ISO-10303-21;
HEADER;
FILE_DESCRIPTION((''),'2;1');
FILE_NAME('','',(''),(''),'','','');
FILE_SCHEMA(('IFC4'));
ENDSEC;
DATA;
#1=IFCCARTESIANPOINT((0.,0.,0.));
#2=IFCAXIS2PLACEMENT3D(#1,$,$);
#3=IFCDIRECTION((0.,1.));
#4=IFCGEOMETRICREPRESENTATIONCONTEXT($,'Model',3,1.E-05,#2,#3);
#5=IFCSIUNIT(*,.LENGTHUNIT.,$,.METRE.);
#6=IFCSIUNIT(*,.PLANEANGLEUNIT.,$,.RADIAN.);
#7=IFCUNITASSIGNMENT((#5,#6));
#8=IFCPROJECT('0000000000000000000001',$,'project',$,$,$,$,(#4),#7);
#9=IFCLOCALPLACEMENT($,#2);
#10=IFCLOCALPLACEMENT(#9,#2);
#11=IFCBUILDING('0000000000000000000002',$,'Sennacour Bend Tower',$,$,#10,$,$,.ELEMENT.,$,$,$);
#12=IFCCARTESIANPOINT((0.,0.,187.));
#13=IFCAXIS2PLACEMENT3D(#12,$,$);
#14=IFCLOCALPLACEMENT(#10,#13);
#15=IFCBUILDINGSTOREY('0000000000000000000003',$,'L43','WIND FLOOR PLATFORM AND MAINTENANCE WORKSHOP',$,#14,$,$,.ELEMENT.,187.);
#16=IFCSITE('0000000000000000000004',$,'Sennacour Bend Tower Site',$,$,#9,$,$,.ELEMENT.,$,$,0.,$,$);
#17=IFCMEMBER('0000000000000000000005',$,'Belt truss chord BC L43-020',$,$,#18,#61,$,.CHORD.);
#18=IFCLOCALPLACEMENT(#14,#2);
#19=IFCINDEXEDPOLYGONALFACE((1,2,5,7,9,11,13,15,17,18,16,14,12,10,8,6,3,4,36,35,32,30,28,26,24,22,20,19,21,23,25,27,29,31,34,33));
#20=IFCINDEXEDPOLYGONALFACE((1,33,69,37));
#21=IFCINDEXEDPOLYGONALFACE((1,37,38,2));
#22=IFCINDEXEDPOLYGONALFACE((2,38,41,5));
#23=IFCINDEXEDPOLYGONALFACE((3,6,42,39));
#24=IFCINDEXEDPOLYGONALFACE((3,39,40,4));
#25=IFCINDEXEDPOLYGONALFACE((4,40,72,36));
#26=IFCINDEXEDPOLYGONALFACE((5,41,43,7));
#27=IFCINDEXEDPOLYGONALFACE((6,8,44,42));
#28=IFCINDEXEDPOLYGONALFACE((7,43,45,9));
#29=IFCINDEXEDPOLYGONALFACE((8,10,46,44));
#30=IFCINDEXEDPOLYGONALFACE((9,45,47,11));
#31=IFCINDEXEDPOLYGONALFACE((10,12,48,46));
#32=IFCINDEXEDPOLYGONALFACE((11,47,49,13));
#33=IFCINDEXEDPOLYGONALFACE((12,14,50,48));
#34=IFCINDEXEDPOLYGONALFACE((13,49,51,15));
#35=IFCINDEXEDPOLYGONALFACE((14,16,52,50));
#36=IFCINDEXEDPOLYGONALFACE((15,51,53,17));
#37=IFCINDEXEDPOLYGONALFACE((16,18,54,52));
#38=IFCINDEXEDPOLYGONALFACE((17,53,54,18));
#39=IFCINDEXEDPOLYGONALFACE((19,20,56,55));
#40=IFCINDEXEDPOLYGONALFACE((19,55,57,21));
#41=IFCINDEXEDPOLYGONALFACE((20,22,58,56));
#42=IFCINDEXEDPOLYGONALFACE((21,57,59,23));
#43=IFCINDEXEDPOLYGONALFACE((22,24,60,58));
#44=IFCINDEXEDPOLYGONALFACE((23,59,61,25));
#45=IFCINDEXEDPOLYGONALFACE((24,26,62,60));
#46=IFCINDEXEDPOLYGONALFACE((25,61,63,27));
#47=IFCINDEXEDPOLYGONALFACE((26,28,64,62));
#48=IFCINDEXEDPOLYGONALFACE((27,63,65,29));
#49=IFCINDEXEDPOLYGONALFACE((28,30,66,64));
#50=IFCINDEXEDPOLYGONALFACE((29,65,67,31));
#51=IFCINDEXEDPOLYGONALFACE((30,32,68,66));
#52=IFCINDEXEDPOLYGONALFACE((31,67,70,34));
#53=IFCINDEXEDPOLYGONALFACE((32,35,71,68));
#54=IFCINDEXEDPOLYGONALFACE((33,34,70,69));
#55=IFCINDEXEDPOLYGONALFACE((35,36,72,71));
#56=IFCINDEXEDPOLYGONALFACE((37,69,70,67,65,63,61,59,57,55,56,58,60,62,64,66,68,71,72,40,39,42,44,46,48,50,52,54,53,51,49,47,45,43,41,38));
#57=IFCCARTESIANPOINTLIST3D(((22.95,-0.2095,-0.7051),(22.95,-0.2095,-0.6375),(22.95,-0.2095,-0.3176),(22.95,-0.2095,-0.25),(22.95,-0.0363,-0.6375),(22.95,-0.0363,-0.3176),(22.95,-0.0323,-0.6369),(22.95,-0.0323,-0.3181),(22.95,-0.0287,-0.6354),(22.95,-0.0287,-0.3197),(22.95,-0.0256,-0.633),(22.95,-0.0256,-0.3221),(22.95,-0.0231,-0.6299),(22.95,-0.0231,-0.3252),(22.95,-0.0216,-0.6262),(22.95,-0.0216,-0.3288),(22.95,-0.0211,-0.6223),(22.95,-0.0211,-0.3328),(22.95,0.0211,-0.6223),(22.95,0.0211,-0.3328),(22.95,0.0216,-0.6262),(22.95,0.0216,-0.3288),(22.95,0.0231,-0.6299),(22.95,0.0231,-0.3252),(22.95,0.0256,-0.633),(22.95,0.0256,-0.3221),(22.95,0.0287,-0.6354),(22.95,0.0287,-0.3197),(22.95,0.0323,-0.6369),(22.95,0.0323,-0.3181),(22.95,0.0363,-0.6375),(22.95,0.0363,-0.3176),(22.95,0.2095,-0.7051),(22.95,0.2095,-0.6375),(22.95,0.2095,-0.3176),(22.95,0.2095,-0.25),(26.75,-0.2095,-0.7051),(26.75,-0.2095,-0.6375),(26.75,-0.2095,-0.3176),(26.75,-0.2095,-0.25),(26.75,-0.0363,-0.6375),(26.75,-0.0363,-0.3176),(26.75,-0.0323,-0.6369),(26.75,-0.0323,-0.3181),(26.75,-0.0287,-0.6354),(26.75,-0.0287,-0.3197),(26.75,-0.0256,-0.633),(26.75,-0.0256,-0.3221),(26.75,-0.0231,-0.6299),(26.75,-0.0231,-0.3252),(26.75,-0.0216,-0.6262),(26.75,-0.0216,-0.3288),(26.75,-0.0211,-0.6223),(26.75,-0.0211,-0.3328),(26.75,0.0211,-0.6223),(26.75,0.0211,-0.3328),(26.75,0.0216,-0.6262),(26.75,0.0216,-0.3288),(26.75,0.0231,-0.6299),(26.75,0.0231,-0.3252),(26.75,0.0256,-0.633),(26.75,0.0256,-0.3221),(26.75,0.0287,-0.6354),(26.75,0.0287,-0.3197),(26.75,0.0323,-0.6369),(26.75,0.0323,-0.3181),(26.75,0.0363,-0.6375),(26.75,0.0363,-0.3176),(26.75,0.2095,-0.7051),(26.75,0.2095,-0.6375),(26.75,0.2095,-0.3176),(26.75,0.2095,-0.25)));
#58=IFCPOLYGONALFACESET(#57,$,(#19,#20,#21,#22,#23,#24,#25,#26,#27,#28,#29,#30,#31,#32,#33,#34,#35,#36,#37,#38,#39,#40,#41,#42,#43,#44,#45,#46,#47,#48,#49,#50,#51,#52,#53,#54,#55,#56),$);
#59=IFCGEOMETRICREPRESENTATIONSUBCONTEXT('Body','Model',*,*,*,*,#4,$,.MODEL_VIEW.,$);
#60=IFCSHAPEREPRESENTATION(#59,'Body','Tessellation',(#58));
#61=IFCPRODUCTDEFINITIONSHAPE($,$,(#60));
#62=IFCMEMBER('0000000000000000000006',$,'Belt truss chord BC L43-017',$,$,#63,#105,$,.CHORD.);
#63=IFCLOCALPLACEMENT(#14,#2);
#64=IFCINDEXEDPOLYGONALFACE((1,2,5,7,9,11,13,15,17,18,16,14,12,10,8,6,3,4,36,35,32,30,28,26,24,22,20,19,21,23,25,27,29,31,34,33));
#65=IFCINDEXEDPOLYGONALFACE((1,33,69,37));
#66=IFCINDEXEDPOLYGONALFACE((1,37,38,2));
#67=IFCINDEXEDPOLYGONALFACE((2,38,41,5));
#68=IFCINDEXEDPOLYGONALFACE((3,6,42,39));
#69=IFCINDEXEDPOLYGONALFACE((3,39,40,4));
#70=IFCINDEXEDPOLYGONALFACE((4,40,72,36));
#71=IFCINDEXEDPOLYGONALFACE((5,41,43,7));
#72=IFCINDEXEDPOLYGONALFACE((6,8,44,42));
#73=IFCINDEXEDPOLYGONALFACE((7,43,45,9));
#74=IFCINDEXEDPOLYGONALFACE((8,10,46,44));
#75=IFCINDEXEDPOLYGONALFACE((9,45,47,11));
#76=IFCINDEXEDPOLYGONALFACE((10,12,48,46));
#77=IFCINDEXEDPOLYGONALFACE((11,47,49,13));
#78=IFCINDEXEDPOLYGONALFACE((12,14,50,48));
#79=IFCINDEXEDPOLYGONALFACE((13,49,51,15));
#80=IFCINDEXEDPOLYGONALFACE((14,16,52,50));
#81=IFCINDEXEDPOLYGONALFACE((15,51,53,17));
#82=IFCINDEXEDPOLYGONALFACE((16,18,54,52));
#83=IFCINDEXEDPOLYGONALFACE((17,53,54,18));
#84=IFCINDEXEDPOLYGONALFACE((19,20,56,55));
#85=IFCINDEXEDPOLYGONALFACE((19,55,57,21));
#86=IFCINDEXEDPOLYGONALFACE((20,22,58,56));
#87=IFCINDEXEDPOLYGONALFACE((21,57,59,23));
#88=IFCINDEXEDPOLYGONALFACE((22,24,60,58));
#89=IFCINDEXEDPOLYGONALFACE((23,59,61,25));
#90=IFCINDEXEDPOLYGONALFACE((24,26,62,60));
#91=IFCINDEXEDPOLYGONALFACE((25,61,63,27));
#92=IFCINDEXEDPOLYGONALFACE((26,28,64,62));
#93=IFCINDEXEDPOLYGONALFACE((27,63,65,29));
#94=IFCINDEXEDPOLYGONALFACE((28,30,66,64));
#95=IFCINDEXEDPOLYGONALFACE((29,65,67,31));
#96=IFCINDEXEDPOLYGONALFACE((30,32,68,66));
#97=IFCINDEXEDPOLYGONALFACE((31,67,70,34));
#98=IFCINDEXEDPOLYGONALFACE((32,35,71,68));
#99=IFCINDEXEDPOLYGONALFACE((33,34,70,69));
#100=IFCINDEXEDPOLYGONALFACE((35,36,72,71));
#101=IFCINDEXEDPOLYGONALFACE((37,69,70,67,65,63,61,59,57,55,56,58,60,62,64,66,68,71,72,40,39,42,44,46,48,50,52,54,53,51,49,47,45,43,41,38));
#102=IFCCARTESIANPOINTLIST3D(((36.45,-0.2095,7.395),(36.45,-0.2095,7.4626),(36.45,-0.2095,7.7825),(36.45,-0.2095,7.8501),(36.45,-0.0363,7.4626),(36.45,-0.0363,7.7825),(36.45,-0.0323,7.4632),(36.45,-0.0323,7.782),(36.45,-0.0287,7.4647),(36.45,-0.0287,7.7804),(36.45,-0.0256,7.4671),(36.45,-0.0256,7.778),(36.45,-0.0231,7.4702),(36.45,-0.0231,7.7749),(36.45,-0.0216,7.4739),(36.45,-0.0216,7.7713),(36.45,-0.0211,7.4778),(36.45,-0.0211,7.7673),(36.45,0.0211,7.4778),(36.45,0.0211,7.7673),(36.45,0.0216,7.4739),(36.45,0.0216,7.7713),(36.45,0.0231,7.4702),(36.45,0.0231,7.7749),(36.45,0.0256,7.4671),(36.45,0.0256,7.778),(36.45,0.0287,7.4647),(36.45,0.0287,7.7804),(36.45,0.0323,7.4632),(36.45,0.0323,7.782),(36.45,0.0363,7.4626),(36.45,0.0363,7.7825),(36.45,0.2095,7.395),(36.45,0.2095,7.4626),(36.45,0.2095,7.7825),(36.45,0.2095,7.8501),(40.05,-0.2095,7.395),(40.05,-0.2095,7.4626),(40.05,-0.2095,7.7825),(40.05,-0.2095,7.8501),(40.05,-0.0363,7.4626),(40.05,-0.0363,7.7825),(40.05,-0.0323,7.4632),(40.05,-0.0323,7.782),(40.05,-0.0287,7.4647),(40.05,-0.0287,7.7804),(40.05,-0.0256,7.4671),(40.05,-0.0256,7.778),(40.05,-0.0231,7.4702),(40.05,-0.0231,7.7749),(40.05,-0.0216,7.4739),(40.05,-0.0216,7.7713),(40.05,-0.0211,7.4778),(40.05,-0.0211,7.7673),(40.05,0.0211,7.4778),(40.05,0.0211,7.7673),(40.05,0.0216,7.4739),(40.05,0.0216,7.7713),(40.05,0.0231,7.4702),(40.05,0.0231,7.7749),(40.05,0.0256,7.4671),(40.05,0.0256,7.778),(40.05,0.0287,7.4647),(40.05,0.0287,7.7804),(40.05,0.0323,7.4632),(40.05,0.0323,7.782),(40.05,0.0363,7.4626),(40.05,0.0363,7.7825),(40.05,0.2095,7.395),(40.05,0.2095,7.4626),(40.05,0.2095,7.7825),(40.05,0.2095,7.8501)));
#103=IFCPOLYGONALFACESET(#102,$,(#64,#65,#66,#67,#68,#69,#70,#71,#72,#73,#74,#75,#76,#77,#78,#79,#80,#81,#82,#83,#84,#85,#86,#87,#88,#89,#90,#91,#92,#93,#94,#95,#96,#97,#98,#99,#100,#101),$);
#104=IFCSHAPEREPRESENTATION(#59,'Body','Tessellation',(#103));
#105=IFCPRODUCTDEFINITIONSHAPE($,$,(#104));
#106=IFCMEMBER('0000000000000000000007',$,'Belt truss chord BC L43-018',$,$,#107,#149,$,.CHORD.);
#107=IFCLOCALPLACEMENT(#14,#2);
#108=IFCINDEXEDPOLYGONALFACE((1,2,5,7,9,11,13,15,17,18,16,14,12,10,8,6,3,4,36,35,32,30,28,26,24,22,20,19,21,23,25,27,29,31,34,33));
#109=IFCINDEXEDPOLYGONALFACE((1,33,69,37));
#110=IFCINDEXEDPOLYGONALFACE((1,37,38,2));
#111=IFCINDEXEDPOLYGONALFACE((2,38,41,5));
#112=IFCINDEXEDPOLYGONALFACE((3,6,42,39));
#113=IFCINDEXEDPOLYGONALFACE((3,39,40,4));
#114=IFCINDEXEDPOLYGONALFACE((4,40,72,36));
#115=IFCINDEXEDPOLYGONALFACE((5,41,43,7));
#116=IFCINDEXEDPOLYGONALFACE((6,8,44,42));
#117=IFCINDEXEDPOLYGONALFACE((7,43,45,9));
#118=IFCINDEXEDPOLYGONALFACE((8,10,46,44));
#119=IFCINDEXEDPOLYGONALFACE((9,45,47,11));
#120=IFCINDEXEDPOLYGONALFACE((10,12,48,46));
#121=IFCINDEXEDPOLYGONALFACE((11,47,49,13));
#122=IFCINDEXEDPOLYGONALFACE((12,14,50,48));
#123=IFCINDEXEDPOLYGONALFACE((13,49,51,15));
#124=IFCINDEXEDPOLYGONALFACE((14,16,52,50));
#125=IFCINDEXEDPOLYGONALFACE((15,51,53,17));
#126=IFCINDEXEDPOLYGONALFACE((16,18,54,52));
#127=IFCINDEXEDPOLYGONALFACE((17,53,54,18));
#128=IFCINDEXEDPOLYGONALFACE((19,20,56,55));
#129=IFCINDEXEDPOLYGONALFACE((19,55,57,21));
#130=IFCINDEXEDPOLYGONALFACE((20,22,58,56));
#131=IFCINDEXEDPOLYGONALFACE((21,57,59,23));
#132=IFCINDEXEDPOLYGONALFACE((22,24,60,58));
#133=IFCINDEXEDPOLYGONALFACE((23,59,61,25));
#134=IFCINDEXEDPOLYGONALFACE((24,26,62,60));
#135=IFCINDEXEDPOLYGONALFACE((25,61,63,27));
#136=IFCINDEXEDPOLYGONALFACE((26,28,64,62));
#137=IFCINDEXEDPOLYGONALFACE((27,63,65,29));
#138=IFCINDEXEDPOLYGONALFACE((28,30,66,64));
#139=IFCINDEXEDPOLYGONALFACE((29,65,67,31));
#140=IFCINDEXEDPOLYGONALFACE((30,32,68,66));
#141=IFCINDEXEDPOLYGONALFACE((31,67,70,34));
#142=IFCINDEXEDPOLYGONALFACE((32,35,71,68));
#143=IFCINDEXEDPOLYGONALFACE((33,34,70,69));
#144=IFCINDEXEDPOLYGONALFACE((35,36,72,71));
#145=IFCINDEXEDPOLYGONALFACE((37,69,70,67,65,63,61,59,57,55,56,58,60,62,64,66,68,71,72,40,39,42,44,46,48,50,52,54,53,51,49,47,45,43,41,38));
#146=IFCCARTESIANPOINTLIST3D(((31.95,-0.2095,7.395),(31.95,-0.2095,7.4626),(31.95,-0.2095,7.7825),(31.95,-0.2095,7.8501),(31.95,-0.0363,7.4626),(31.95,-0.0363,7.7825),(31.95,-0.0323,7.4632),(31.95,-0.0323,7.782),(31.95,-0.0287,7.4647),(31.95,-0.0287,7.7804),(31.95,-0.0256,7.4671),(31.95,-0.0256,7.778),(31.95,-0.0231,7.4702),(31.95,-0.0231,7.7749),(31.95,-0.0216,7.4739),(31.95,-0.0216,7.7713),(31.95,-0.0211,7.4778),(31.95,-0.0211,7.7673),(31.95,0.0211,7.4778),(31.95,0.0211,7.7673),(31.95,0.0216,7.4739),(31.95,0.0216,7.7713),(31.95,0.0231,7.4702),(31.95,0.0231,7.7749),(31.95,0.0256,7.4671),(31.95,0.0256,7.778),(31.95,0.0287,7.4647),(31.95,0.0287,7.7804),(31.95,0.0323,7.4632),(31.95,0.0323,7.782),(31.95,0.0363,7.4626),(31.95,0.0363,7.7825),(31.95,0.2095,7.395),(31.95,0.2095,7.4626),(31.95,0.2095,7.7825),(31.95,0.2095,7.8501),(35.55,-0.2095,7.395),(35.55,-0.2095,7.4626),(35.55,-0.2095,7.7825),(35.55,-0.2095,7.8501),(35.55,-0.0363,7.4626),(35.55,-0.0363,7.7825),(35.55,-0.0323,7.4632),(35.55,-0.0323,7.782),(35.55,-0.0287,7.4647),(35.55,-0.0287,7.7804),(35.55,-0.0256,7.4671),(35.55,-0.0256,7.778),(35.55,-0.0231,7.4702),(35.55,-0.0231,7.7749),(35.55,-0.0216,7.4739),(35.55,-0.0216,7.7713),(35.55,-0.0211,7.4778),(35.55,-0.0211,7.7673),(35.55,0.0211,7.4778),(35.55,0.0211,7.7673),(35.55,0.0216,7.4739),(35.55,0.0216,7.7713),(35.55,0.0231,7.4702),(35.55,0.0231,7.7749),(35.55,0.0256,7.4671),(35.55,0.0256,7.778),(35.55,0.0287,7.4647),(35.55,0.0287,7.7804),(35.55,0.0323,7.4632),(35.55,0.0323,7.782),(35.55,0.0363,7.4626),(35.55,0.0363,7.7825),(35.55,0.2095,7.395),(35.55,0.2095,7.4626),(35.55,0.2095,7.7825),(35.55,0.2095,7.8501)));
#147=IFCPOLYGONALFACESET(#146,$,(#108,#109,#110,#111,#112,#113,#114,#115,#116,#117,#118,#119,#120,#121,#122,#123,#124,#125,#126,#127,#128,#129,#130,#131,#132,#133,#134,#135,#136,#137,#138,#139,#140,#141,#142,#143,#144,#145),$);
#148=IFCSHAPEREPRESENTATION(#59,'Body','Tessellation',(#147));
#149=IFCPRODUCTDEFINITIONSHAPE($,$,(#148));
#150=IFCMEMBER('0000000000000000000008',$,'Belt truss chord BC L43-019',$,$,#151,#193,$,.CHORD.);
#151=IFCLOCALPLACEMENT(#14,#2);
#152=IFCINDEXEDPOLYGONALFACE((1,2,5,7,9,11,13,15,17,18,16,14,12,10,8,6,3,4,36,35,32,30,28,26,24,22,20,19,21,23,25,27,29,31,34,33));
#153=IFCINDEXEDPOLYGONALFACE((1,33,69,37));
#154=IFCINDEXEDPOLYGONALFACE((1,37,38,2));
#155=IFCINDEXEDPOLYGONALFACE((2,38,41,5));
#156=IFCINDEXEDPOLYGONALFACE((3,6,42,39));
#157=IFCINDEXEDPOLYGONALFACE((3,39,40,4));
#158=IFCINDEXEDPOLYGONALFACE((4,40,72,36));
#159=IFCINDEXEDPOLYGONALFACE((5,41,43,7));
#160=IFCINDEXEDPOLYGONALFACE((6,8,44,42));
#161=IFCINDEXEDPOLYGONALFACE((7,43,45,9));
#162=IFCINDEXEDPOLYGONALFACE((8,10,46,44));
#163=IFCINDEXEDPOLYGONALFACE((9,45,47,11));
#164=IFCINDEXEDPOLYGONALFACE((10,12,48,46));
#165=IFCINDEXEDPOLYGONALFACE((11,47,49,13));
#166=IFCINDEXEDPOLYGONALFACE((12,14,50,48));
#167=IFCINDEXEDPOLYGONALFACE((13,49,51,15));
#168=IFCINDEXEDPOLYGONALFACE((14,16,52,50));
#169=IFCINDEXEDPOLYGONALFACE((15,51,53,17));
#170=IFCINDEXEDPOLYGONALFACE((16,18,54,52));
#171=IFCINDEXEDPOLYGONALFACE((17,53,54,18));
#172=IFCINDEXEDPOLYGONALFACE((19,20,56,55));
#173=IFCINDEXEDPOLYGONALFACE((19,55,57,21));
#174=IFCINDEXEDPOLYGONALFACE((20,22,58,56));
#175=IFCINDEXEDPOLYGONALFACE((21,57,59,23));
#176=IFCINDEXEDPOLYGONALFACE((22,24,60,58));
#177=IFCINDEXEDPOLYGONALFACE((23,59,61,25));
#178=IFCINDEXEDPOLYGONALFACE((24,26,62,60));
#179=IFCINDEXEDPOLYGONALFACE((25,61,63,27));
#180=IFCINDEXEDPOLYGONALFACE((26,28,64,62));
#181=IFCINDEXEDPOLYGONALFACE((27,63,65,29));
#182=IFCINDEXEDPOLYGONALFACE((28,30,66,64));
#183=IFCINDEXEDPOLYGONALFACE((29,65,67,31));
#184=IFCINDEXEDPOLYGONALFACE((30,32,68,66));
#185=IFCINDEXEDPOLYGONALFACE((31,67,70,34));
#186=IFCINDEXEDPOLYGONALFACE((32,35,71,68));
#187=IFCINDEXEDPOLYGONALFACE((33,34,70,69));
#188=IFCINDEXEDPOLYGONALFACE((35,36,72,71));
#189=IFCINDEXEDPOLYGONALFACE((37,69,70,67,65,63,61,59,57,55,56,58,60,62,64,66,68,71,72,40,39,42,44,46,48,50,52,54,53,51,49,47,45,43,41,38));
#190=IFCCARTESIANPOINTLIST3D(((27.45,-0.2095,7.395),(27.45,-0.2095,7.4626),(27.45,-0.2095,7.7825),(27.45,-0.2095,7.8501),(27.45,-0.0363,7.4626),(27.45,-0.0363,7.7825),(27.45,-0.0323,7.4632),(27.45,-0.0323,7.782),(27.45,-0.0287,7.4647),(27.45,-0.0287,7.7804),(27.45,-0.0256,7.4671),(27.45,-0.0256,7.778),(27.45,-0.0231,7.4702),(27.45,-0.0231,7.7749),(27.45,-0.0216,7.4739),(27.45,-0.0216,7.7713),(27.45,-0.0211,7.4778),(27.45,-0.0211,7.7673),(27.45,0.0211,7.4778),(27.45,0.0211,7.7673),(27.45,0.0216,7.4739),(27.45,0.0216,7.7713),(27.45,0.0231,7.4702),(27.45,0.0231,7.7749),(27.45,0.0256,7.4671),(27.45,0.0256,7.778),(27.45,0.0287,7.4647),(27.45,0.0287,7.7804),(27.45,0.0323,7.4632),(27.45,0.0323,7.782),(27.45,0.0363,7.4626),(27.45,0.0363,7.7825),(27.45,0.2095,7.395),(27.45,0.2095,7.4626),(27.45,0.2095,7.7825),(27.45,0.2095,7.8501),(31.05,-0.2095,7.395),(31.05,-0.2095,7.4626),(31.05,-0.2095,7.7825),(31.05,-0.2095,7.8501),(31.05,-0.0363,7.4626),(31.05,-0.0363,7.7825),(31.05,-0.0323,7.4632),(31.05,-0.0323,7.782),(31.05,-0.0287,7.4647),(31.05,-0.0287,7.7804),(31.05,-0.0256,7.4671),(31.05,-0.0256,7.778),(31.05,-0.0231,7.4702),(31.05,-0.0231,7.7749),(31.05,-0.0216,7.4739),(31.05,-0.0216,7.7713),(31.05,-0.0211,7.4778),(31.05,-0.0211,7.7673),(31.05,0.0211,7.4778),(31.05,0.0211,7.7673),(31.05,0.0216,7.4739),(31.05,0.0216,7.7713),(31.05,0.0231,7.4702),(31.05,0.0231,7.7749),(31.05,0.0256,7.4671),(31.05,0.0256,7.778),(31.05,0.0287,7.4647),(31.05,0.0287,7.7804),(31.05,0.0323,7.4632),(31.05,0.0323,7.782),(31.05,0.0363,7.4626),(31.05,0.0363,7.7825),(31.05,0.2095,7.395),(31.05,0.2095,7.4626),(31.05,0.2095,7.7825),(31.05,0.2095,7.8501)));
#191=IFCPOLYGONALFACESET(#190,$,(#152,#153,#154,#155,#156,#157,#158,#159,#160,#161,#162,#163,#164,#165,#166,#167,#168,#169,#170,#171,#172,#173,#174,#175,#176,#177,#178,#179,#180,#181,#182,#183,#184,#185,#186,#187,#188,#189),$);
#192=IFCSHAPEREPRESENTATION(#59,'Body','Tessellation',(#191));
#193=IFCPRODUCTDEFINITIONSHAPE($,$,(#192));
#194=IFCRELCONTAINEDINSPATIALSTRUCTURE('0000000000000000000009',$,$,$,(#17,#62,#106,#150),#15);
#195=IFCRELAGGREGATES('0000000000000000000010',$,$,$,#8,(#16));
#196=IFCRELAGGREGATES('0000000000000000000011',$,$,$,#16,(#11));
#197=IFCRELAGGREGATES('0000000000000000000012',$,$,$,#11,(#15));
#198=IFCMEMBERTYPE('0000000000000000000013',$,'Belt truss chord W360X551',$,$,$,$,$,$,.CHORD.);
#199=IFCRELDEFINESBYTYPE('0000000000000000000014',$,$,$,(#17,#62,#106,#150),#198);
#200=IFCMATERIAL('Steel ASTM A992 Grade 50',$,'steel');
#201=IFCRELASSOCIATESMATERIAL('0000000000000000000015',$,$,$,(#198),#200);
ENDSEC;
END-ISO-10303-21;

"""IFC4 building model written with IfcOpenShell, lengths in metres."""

from ifc_helpers import new_model, si_unit, direction, frame, origin, origin_2d, place, context, subcontext, project, spatial, i_section, extrude, material, material_profile, profile_set, type_object, element, save


model = new_model("IFC4")

# Units and contexts
model_context = context("Model", 3, precision=1e-05, world=origin(), true_north=direction((0.0, 1.0)))
body_context = subcontext(model_context, "Body", "Model", "MODEL_VIEW")
ifc_project = project(units=[si_unit("LENGTHUNIT", "METRE"), si_unit("PLANEANGLEUNIT", "RADIAN")], contexts=[model_context])

# Site, building, storey
site_placement = place(None, origin())
site = spatial("IfcSite", under=ifc_project, at=site_placement, Name="Sennacour Bend Tower Site", CompositionType="ELEMENT", RefElevation=0.0)
building_placement = place(site_placement, origin())
building = spatial("IfcBuilding", under=site, at=building_placement, Name="Sennacour Bend Tower", CompositionType="ELEMENT")
storey_placement = place(building_placement, frame((0.0, 0.0, 187.0)))
storey = spatial("IfcBuildingStorey", under=building, at=storey_placement, Name="L43", Description="WIND FLOOR PLATFORM AND MAINTENANCE WORKSHOP", CompositionType="ELEMENT", Elevation=187.0)

# Members
ifc_material_1 = material(Name="Steel ASTM A992 Grade 50", Category="steel")
ifc_material_profile_1 = material_profile(ifc_material_1, i_section(OverallWidth=0.4189, OverallDepth=0.4551, WebThickness=0.0422, FlangeThickness=0.0676, FilletRadius=0.0151, at=origin_2d()), Name="Steel ASTM A992 Grade 50", Category="steel")
ifc_profile_set_1 = profile_set([ifc_material_profile_1], Name="Steel ASTM A992 Grade 50")
member_type_1 = type_object("IfcMemberType", Name="Belt truss chord W360X551", PredefinedType="CHORD", material=ifc_profile_set_1)
member_placement = place(storey_placement, frame((26.75, 0.0, -0.4775), z_axis=(-1.0, 0.0, 0.0), x_axis=(0.0, -1.0, 0.0)))
element("IfcMember", 1, at=member_placement, inside=storey, type_object=member_type_1, Name="Belt truss chord BC L43-020", PredefinedType="CHORD", context=body_context, shape_type="SweptSolid", body=[
    extrude(i_section(OverallWidth=0.4189, OverallDepth=0.4551, WebThickness=0.0422, FlangeThickness=0.0676, FilletRadius=0.0151, at=origin_2d()), origin(), (0.0, 0.0, 1.0), 3.8),
])
for number, where, z_axis, x_axis, name in (
    (2, (40.05, 0.0, 7.6226), (-1.0, 0.0, 0.0), (0.0, -1.0, 0.0), "Belt truss chord BC L43-017"),
    (3, (35.55, 0.0, 7.6226), (-1.0, 0.0, 0.0), (0.0, -1.0, 0.0), "Belt truss chord BC L43-018"),
    (4, (31.05, 0.0, 7.6226), (-1.0, 0.0, 0.0), (0.0, -1.0, 0.0), "Belt truss chord BC L43-019"),
):
    element("IfcMember", number, at=place(storey_placement, frame(where, z_axis=z_axis, x_axis=x_axis)), inside=storey, type_object=member_type_1, Name=name, PredefinedType="CHORD", context=body_context, shape_type="SweptSolid", body=[
        extrude(i_section(OverallWidth=0.4189, OverallDepth=0.4551, WebThickness=0.0422, FlangeThickness=0.0676, FilletRadius=0.0151, at=origin_2d()), origin(), (0.0, 0.0, 1.0), 3.6001),
    ])

save(model, "model.ifc")
